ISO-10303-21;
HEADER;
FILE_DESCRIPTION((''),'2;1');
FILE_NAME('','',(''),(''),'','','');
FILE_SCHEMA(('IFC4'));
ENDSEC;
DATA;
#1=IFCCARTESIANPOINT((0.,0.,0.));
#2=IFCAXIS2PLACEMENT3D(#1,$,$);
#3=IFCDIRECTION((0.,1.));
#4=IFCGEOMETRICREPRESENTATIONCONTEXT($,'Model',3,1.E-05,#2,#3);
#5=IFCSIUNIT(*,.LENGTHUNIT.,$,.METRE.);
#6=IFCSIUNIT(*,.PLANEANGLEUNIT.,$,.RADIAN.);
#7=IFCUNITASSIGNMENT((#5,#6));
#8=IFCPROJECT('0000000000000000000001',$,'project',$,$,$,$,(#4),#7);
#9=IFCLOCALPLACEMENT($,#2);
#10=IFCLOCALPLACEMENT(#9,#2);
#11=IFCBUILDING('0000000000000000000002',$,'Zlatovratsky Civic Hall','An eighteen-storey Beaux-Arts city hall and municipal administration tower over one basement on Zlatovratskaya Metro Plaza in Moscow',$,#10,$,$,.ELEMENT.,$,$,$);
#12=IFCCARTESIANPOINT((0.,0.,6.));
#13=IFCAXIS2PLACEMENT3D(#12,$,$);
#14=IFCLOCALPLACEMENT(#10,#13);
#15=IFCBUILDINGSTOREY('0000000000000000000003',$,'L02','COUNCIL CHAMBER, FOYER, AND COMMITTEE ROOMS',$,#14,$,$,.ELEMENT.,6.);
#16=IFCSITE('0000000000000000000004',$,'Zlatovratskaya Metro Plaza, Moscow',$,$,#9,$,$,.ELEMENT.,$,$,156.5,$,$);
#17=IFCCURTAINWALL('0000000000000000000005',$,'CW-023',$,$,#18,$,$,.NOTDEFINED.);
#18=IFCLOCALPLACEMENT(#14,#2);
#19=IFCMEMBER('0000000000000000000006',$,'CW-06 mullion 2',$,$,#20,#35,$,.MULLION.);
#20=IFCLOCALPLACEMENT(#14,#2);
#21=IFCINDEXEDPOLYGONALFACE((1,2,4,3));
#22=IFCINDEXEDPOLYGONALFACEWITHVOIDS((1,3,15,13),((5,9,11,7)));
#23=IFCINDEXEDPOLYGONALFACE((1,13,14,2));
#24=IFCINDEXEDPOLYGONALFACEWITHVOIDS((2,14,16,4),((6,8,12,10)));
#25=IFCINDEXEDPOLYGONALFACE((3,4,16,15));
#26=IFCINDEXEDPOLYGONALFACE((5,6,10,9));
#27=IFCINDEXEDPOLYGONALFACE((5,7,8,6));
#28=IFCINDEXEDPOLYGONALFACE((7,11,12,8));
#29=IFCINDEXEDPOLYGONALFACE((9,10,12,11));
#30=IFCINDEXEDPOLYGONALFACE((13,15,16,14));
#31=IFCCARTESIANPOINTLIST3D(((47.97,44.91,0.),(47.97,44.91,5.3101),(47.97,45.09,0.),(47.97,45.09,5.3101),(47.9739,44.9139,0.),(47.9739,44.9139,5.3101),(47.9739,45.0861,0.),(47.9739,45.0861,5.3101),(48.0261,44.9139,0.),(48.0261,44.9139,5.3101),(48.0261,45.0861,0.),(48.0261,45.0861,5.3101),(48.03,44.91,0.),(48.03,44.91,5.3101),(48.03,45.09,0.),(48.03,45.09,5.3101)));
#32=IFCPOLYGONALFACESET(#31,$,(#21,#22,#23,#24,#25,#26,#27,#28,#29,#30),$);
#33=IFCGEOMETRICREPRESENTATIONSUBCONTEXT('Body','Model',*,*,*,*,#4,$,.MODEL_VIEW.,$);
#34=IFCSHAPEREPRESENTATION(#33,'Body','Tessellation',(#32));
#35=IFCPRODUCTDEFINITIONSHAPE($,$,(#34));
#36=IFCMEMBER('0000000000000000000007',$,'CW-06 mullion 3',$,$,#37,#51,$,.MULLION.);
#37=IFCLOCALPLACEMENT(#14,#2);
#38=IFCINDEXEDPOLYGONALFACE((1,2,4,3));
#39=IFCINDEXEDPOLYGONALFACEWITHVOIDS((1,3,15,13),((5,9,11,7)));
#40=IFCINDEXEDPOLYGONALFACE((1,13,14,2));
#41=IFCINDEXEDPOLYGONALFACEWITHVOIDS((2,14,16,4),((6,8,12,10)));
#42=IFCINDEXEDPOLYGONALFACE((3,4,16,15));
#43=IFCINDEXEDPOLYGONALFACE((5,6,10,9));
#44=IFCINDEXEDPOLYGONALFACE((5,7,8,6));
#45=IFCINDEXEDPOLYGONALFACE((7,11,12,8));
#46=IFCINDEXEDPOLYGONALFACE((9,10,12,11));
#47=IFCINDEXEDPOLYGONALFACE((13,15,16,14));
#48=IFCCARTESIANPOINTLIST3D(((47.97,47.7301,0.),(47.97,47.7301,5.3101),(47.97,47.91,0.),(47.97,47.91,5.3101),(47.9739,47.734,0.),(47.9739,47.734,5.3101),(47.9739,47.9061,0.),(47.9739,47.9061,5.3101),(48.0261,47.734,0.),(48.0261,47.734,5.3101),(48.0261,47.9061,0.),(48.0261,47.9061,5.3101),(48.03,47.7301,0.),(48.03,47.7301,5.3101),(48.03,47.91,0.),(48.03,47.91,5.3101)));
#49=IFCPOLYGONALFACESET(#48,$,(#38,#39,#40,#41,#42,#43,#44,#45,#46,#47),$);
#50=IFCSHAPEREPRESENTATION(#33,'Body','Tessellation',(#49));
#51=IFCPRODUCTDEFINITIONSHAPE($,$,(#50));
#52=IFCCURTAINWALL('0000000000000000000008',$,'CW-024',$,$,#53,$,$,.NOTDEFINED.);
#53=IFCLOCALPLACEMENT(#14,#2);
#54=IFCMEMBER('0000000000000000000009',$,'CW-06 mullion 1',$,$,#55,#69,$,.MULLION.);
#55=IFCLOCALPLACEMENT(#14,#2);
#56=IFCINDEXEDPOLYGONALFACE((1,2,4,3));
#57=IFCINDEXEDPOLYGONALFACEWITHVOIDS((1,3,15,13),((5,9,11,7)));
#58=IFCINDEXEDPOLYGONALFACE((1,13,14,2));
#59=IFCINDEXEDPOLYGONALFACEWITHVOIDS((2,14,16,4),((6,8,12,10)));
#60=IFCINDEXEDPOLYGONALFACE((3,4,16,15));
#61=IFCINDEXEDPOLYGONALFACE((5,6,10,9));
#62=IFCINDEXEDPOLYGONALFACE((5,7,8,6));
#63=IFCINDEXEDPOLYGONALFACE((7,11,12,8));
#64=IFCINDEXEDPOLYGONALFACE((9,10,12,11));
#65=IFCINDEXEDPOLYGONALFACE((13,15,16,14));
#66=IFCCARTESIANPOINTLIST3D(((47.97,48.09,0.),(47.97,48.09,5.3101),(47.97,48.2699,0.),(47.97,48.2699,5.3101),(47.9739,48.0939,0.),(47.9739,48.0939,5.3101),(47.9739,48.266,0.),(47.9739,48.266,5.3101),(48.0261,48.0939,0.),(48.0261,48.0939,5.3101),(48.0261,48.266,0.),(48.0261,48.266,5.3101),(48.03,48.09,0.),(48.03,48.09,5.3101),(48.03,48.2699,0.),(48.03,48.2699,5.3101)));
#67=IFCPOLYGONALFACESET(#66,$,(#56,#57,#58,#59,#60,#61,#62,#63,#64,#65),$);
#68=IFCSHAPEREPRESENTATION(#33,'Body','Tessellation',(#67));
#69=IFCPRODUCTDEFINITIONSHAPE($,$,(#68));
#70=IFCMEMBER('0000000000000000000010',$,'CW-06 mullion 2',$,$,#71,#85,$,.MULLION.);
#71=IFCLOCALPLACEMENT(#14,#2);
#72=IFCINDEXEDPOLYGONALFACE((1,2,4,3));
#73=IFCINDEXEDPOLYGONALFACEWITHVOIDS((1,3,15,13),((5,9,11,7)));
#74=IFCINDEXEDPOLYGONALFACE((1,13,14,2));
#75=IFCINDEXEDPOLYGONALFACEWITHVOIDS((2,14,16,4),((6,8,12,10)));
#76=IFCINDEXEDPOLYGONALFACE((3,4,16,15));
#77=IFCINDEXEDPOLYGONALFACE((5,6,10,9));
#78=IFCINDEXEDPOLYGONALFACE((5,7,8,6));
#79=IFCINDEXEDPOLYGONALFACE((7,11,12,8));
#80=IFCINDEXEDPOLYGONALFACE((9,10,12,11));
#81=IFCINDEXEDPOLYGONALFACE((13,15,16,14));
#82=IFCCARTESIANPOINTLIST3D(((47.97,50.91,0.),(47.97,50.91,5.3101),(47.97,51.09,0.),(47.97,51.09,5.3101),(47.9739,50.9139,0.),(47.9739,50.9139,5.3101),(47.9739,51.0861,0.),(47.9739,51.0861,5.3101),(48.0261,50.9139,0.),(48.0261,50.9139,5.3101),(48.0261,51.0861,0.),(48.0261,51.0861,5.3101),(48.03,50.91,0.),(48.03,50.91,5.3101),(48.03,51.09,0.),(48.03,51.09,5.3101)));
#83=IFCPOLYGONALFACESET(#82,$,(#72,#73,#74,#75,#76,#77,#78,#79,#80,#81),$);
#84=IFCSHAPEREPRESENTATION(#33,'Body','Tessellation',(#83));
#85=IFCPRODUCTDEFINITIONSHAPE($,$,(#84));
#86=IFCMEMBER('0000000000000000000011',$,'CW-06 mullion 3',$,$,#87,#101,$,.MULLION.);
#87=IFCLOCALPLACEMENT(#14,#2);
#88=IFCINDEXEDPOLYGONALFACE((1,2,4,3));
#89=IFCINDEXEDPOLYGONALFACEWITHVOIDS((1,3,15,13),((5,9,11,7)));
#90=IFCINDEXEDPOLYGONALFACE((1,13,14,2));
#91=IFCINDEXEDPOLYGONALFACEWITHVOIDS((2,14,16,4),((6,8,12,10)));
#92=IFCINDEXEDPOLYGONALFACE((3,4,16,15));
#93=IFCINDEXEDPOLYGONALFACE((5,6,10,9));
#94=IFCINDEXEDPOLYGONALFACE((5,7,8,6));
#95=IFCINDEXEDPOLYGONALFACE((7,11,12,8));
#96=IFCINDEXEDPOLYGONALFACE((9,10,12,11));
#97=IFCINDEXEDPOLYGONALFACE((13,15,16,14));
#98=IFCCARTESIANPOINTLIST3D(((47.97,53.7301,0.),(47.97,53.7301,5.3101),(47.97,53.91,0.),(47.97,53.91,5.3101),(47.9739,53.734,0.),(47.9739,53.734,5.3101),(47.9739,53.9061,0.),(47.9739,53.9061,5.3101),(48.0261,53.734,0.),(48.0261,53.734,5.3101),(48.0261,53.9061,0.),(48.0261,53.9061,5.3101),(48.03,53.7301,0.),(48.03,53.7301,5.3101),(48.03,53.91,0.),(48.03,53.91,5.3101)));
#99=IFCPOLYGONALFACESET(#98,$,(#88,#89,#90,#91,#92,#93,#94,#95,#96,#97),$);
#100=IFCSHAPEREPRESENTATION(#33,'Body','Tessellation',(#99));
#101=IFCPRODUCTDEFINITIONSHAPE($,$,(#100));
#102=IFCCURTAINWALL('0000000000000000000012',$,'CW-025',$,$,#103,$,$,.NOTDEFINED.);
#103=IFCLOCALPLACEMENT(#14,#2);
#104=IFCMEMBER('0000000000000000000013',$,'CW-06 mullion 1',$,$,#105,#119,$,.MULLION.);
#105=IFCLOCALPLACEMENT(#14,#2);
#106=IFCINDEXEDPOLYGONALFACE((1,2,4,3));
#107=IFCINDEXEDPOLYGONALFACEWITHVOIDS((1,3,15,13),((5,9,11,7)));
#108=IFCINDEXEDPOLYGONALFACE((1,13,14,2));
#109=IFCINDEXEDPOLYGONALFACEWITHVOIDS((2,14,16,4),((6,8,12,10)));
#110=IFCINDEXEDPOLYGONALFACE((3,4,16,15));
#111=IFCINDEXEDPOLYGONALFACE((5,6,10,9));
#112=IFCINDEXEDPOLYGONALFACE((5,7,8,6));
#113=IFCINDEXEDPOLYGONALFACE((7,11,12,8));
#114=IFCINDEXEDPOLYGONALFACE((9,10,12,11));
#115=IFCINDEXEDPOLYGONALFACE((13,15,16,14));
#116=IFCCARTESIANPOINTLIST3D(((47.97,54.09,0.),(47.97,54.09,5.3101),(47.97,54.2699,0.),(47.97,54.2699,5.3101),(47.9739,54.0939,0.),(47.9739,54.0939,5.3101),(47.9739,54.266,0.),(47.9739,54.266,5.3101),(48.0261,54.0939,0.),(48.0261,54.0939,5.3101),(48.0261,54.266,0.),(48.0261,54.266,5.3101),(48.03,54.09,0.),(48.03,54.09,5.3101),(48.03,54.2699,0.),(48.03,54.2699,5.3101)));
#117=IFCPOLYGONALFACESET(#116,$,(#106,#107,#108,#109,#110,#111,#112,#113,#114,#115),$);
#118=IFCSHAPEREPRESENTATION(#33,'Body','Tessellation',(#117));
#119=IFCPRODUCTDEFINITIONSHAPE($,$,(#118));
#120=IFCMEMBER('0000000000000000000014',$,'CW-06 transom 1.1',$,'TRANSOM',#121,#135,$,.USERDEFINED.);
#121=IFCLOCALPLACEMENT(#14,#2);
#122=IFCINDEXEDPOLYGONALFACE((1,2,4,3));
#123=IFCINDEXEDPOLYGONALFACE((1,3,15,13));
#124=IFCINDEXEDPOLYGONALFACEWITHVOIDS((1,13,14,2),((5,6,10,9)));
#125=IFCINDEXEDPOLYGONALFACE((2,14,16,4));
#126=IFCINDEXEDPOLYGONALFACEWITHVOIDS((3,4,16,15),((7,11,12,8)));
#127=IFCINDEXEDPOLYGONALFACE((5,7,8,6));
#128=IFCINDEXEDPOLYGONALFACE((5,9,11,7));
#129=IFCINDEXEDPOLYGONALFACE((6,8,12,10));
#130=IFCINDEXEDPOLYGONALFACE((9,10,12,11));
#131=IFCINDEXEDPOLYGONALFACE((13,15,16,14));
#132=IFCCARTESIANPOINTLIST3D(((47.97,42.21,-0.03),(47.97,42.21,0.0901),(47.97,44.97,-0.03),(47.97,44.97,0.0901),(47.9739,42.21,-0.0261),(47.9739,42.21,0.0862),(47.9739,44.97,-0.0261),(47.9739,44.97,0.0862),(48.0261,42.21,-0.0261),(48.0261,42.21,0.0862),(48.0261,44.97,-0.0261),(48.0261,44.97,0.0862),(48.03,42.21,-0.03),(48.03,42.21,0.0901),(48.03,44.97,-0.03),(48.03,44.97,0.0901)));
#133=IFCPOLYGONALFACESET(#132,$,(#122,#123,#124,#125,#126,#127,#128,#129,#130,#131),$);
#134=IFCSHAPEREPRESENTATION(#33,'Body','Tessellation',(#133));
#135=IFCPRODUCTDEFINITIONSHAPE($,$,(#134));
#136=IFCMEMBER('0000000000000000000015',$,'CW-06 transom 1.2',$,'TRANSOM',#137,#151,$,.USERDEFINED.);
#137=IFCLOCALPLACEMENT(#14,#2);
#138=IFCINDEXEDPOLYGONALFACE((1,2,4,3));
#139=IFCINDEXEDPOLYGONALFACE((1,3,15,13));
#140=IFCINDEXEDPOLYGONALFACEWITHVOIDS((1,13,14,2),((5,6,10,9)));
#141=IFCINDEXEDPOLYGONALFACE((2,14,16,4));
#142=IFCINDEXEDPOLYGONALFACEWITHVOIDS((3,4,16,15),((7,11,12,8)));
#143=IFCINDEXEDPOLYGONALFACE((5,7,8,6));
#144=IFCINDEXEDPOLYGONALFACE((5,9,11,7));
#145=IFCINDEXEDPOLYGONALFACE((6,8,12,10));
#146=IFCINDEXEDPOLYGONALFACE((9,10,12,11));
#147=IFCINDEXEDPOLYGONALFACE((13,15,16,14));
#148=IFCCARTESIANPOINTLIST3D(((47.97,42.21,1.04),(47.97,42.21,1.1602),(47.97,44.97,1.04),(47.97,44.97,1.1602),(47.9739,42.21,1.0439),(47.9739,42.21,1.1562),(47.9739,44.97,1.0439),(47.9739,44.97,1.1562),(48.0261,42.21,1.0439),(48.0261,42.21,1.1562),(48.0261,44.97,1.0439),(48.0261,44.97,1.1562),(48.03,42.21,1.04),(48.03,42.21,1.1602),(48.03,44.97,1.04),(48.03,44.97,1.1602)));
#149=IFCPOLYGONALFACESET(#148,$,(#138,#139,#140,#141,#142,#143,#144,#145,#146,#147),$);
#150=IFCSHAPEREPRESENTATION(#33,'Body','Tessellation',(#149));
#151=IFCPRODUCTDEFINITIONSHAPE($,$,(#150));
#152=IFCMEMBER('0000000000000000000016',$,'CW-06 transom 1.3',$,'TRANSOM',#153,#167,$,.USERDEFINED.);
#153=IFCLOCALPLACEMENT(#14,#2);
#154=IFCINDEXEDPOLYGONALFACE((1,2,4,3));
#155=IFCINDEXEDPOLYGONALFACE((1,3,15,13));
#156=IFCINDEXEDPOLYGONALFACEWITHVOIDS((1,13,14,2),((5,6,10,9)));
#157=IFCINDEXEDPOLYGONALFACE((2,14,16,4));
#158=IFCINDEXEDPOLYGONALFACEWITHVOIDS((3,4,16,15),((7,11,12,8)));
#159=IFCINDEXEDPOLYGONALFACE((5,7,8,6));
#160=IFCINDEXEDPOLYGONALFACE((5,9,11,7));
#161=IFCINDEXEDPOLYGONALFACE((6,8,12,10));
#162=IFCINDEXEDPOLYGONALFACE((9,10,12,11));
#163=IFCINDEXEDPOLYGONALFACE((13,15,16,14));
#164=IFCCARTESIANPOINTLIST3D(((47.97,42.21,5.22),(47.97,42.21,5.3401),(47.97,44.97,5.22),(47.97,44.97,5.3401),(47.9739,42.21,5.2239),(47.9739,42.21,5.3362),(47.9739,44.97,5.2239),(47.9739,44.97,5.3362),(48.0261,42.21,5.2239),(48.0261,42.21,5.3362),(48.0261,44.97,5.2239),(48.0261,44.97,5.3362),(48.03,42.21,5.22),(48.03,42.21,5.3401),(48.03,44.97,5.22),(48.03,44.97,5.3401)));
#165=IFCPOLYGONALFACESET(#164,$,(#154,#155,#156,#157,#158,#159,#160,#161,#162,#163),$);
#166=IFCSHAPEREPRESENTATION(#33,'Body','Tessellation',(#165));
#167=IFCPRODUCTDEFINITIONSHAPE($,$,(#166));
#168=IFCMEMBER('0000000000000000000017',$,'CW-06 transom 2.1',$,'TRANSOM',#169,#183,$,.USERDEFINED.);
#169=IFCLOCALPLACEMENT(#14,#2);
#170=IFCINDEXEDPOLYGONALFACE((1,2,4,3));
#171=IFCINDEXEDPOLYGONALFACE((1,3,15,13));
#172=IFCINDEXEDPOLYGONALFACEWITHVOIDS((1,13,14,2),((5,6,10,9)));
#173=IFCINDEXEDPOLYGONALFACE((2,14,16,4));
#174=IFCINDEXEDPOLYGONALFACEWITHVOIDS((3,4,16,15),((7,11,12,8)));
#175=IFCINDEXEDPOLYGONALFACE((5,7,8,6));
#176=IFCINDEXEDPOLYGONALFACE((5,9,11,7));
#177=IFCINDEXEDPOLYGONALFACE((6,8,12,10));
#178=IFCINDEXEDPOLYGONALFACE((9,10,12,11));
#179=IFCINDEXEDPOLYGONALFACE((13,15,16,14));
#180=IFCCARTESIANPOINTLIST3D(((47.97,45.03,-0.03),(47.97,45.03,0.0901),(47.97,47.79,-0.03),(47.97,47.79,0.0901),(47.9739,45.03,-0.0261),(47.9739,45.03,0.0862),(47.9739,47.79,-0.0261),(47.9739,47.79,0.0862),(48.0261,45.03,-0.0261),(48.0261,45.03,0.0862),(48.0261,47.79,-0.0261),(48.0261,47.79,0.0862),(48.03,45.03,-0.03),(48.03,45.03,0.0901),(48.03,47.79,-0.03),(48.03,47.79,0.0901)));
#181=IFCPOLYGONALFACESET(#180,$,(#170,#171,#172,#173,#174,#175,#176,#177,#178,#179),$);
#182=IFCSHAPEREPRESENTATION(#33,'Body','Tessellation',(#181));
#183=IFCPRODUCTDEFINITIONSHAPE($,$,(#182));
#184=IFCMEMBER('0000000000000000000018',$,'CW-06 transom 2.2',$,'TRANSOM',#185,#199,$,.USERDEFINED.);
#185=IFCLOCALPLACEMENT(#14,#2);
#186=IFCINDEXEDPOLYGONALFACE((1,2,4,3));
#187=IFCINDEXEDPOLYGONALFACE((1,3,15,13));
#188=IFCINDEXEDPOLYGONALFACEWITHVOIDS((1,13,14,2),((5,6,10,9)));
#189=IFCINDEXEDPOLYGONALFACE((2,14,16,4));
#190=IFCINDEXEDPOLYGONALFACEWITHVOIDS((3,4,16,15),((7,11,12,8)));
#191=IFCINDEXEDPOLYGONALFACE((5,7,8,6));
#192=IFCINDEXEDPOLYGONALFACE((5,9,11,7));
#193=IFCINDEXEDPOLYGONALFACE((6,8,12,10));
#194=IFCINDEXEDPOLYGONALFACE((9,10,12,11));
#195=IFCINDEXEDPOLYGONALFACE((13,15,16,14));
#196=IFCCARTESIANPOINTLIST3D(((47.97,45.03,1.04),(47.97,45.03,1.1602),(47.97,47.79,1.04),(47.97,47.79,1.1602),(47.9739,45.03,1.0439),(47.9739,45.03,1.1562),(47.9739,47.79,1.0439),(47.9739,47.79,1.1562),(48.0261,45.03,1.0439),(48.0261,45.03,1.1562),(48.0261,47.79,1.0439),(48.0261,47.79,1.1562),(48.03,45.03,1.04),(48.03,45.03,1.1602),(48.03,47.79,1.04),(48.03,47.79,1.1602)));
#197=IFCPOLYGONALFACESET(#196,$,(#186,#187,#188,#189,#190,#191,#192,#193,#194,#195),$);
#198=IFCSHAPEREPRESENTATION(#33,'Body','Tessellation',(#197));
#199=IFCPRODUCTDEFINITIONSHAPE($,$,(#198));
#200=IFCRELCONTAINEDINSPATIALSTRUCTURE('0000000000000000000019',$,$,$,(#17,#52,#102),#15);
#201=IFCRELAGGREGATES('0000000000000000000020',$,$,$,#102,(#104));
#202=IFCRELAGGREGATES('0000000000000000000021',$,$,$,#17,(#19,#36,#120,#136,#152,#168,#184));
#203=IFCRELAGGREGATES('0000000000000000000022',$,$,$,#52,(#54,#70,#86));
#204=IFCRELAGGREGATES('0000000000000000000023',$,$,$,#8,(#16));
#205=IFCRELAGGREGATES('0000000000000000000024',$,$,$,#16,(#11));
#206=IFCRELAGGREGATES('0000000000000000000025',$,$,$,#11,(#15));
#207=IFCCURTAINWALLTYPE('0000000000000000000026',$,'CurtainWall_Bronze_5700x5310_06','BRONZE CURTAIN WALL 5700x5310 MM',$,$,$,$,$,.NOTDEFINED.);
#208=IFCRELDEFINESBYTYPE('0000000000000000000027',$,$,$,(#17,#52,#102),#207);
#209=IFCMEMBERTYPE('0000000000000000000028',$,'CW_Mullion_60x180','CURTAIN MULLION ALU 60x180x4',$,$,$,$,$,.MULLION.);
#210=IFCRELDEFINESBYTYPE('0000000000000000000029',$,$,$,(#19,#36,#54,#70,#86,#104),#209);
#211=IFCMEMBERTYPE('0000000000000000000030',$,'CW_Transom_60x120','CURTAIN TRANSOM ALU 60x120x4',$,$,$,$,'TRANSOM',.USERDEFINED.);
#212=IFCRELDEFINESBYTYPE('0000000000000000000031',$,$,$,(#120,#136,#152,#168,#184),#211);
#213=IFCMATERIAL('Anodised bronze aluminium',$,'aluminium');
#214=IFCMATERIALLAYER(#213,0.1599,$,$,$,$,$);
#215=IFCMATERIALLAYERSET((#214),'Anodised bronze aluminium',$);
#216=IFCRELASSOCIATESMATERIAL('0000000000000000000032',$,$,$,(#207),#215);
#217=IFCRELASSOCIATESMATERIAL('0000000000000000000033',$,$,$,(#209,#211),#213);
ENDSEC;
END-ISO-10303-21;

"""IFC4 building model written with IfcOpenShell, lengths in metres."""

from ifc_helpers import new_model, si_unit, direction, frame, origin, origin_2d, place, context, subcontext, project, spatial, hollow_rectangle, extrude, material, layer, layer_set, material_profile, profile_set, type_object, element, aggregate, save


model = new_model("IFC4")

# Units and contexts
model_context = context("Model", 3, precision=1e-05, world=origin(), true_north=direction((0.0, 1.0)))
body_context = subcontext(model_context, "Body", "Model", "MODEL_VIEW")
ifc_project = project(units=[si_unit("LENGTHUNIT", "METRE"), si_unit("PLANEANGLEUNIT", "RADIAN")], contexts=[model_context])

# Site, building, storey
site_placement = place(None, origin())
site = spatial("IfcSite", under=ifc_project, at=site_placement, Name="Zlatovratskaya Metro Plaza, Moscow", CompositionType="ELEMENT", RefElevation=156.5)
building_placement = place(site_placement, origin())
building = spatial("IfcBuilding", under=site, at=building_placement, Name="Zlatovratsky Civic Hall", Description="An eighteen-storey Beaux-Arts city hall and municipal administration tower over one basement on Zlatovratskaya Metro Plaza in Moscow", CompositionType="ELEMENT")
storey_placement = place(building_placement, frame((0.0, 0.0, 6.0)))
storey = spatial("IfcBuildingStorey", under=building, at=storey_placement, Name="L02", Description="COUNCIL CHAMBER, FOYER, AND COMMITTEE ROOMS", CompositionType="ELEMENT", Elevation=6.0)

# Curtain walls, members
ifc_material_1 = material(Name="Anodised bronze aluminium", Category="aluminium")
ifc_layer_1 = layer(ifc_material_1, 0.1599)
ifc_layer_set_1 = layer_set([ifc_layer_1], Name="Anodised bronze aluminium")
curtain_wall_type = type_object("IfcCurtainWallType", Name="CurtainWall_Bronze_5700x5310_06", Description="BRONZE CURTAIN WALL 5700x5310 MM", PredefinedType="NOTDEFINED", material=ifc_layer_set_1)
curtain_wall_1_placement = place(storey_placement, origin())
curtain_wall_1 = element("IfcCurtainWall", 1, at=curtain_wall_1_placement, inside=storey, type_object=curtain_wall_type, Name="CW-023", PredefinedType="NOTDEFINED")
ifc_material_profile_1 = material_profile(ifc_material_1, hollow_rectangle(XDim=0.0601, YDim=0.1799, WallThickness=0.0039, at=origin_2d()), Name="ALU 60x180x4")
ifc_profile_set_1 = profile_set([ifc_material_profile_1], Name="Anodised bronze aluminium")
member_type_1 = type_object("IfcMemberType", Name="CW_Mullion_60x180", Description="CURTAIN MULLION ALU 60x180x4", PredefinedType="MULLION", material=ifc_profile_set_1)
member_1_placement = place(storey_placement, frame((48.0, 45.0, 0.0), z_axis=(0.0, 0.0, 1.0), x_axis=(-1.0, 0.0, 0.0)))
member_1 = element("IfcMember", 2, at=member_1_placement, type_object=member_type_1, Name="CW-06 mullion 2", PredefinedType="MULLION", context=body_context, shape_type="SweptSolid", body=[
    extrude(hollow_rectangle(XDim=0.0601, YDim=0.1799, WallThickness=0.0039, at=origin_2d()), origin(), (0.0, 0.0, 1.0), 5.3101),
])
member_2_placement = place(storey_placement, frame((48.0, 47.8201, 0.0), z_axis=(0.0, 0.0, 1.0), x_axis=(-1.0, 0.0, 0.0)))
member_2 = element("IfcMember", 3, at=member_2_placement, type_object=member_type_1, Name="CW-06 mullion 3", PredefinedType="MULLION", context=body_context, shape_type="SweptSolid", body=[
    extrude(hollow_rectangle(XDim=0.0601, YDim=0.1799, WallThickness=0.0039, at=origin_2d()), origin(), (0.0, 0.0, 1.0), 5.3101),
])
curtain_wall_2_placement = place(storey_placement, origin())
curtain_wall_2 = element("IfcCurtainWall", 4, at=curtain_wall_2_placement, inside=storey, type_object=curtain_wall_type, Name="CW-024", PredefinedType="NOTDEFINED")
member_3_placement = place(storey_placement, frame((48.0, 48.1799, 0.0), z_axis=(0.0, 0.0, 1.0), x_axis=(-1.0, 0.0, 0.0)))
member_3 = element("IfcMember", 5, at=member_3_placement, type_object=member_type_1, Name="CW-06 mullion 1", PredefinedType="MULLION", context=body_context, shape_type="SweptSolid", body=[
    extrude(hollow_rectangle(XDim=0.0601, YDim=0.1799, WallThickness=0.0039, at=origin_2d()), origin(), (0.0, 0.0, 1.0), 5.3101),
])
member_4_placement = place(storey_placement, frame((48.0, 51.0, 0.0), z_axis=(0.0, 0.0, 1.0), x_axis=(-1.0, 0.0, 0.0)))
member_4 = element("IfcMember", 6, at=member_4_placement, type_object=member_type_1, Name="CW-06 mullion 2", PredefinedType="MULLION", context=body_context, shape_type="SweptSolid", body=[
    extrude(hollow_rectangle(XDim=0.0601, YDim=0.1799, WallThickness=0.0039, at=origin_2d()), origin(), (0.0, 0.0, 1.0), 5.3101),
])
member_5_placement = place(storey_placement, frame((48.0, 53.8201, 0.0), z_axis=(0.0, 0.0, 1.0), x_axis=(-1.0, 0.0, 0.0)))
member_5 = element("IfcMember", 7, at=member_5_placement, type_object=member_type_1, Name="CW-06 mullion 3", PredefinedType="MULLION", context=body_context, shape_type="SweptSolid", body=[
    extrude(hollow_rectangle(XDim=0.0601, YDim=0.1799, WallThickness=0.0039, at=origin_2d()), origin(), (0.0, 0.0, 1.0), 5.3101),
])

# Curtain wall, member
curtain_wall_3_placement = place(storey_placement, origin())
curtain_wall_3 = element("IfcCurtainWall", 8, at=curtain_wall_3_placement, inside=storey, type_object=curtain_wall_type, Name="CW-025", PredefinedType="NOTDEFINED")
member_6_placement = place(storey_placement, frame((48.0, 54.1799, 0.0), z_axis=(0.0, 0.0, 1.0), x_axis=(-1.0, 0.0, 0.0)))
member_6 = element("IfcMember", 9, at=member_6_placement, type_object=member_type_1, Name="CW-06 mullion 1", PredefinedType="MULLION", context=body_context, shape_type="SweptSolid", body=[
    extrude(hollow_rectangle(XDim=0.0601, YDim=0.1799, WallThickness=0.0039, at=origin_2d()), origin(), (0.0, 0.0, 1.0), 5.3101),
])

# Members
ifc_material_profile_2 = material_profile(ifc_material_1, hollow_rectangle(XDim=0.0601, YDim=0.1201, WallThickness=0.0039, at=origin_2d()), Name="ALU 60x120x4")
ifc_profile_set_2 = profile_set([ifc_material_profile_2], Name="Anodised bronze aluminium")
member_type_2 = type_object("IfcMemberType", Name="CW_Transom_60x120", Description="CURTAIN TRANSOM ALU 60x120x4", ElementType="TRANSOM", PredefinedType="USERDEFINED", material=ifc_profile_set_2)
member_7_placement = place(storey_placement, frame((48.0, 42.21, 0.03), z_axis=(0.0, 1.0, 0.0), x_axis=(-1.0, 0.0, 0.0)))
member_7 = element("IfcMember", 10, at=member_7_placement, type_object=member_type_2, Name="CW-06 transom 1.1", ObjectType="TRANSOM", PredefinedType="USERDEFINED", context=body_context, shape_type="SweptSolid", body=[
    extrude(hollow_rectangle(XDim=0.0601, YDim=0.1201, WallThickness=0.0039, at=origin_2d()), origin(), (0.0, 0.0, 1.0), 2.76),
])
member_8_placement = place(storey_placement, frame((48.0, 42.21, 1.1001), z_axis=(0.0, 1.0, 0.0), x_axis=(-1.0, 0.0, 0.0)))
member_8 = element("IfcMember", 11, at=member_8_placement, type_object=member_type_2, Name="CW-06 transom 1.2", ObjectType="TRANSOM", PredefinedType="USERDEFINED", context=body_context, shape_type="SweptSolid", body=[
    extrude(hollow_rectangle(XDim=0.0601, YDim=0.1201, WallThickness=0.0039, at=origin_2d()), origin(), (0.0, 0.0, 1.0), 2.76),
])
member_9_placement = place(storey_placement, frame((48.0, 42.21, 5.28), z_axis=(0.0, 1.0, 0.0), x_axis=(-1.0, 0.0, 0.0)))
member_9 = element("IfcMember", 12, at=member_9_placement, type_object=member_type_2, Name="CW-06 transom 1.3", ObjectType="TRANSOM", PredefinedType="USERDEFINED", context=body_context, shape_type="SweptSolid", body=[
    extrude(hollow_rectangle(XDim=0.0601, YDim=0.1201, WallThickness=0.0039, at=origin_2d()), origin(), (0.0, 0.0, 1.0), 2.76),
])
member_10_placement = place(storey_placement, frame((48.0, 45.03, 0.03), z_axis=(0.0, 1.0, 0.0), x_axis=(-1.0, 0.0, 0.0)))
member_10 = element("IfcMember", 13, at=member_10_placement, type_object=member_type_2, Name="CW-06 transom 2.1", ObjectType="TRANSOM", PredefinedType="USERDEFINED", context=body_context, shape_type="SweptSolid", body=[
    extrude(hollow_rectangle(XDim=0.0601, YDim=0.1201, WallThickness=0.0039, at=origin_2d()), origin(), (0.0, 0.0, 1.0), 2.76),
])
member_11_placement = place(storey_placement, frame((48.0, 45.03, 1.1001), z_axis=(0.0, 1.0, 0.0), x_axis=(-1.0, 0.0, 0.0)))
member_11 = element("IfcMember", 14, at=member_11_placement, type_object=member_type_2, Name="CW-06 transom 2.2", ObjectType="TRANSOM", PredefinedType="USERDEFINED", context=body_context, shape_type="SweptSolid", body=[
    extrude(hollow_rectangle(XDim=0.0601, YDim=0.1201, WallThickness=0.0039, at=origin_2d()), origin(), (0.0, 0.0, 1.0), 2.76),
])
aggregate(curtain_wall_3, [member_6])

aggregate(curtain_wall_1, [member_1, member_2, member_7, member_8, member_9, member_10, member_11])
aggregate(curtain_wall_2, [member_3, member_4, member_5])

save(model, "model.ifc")
